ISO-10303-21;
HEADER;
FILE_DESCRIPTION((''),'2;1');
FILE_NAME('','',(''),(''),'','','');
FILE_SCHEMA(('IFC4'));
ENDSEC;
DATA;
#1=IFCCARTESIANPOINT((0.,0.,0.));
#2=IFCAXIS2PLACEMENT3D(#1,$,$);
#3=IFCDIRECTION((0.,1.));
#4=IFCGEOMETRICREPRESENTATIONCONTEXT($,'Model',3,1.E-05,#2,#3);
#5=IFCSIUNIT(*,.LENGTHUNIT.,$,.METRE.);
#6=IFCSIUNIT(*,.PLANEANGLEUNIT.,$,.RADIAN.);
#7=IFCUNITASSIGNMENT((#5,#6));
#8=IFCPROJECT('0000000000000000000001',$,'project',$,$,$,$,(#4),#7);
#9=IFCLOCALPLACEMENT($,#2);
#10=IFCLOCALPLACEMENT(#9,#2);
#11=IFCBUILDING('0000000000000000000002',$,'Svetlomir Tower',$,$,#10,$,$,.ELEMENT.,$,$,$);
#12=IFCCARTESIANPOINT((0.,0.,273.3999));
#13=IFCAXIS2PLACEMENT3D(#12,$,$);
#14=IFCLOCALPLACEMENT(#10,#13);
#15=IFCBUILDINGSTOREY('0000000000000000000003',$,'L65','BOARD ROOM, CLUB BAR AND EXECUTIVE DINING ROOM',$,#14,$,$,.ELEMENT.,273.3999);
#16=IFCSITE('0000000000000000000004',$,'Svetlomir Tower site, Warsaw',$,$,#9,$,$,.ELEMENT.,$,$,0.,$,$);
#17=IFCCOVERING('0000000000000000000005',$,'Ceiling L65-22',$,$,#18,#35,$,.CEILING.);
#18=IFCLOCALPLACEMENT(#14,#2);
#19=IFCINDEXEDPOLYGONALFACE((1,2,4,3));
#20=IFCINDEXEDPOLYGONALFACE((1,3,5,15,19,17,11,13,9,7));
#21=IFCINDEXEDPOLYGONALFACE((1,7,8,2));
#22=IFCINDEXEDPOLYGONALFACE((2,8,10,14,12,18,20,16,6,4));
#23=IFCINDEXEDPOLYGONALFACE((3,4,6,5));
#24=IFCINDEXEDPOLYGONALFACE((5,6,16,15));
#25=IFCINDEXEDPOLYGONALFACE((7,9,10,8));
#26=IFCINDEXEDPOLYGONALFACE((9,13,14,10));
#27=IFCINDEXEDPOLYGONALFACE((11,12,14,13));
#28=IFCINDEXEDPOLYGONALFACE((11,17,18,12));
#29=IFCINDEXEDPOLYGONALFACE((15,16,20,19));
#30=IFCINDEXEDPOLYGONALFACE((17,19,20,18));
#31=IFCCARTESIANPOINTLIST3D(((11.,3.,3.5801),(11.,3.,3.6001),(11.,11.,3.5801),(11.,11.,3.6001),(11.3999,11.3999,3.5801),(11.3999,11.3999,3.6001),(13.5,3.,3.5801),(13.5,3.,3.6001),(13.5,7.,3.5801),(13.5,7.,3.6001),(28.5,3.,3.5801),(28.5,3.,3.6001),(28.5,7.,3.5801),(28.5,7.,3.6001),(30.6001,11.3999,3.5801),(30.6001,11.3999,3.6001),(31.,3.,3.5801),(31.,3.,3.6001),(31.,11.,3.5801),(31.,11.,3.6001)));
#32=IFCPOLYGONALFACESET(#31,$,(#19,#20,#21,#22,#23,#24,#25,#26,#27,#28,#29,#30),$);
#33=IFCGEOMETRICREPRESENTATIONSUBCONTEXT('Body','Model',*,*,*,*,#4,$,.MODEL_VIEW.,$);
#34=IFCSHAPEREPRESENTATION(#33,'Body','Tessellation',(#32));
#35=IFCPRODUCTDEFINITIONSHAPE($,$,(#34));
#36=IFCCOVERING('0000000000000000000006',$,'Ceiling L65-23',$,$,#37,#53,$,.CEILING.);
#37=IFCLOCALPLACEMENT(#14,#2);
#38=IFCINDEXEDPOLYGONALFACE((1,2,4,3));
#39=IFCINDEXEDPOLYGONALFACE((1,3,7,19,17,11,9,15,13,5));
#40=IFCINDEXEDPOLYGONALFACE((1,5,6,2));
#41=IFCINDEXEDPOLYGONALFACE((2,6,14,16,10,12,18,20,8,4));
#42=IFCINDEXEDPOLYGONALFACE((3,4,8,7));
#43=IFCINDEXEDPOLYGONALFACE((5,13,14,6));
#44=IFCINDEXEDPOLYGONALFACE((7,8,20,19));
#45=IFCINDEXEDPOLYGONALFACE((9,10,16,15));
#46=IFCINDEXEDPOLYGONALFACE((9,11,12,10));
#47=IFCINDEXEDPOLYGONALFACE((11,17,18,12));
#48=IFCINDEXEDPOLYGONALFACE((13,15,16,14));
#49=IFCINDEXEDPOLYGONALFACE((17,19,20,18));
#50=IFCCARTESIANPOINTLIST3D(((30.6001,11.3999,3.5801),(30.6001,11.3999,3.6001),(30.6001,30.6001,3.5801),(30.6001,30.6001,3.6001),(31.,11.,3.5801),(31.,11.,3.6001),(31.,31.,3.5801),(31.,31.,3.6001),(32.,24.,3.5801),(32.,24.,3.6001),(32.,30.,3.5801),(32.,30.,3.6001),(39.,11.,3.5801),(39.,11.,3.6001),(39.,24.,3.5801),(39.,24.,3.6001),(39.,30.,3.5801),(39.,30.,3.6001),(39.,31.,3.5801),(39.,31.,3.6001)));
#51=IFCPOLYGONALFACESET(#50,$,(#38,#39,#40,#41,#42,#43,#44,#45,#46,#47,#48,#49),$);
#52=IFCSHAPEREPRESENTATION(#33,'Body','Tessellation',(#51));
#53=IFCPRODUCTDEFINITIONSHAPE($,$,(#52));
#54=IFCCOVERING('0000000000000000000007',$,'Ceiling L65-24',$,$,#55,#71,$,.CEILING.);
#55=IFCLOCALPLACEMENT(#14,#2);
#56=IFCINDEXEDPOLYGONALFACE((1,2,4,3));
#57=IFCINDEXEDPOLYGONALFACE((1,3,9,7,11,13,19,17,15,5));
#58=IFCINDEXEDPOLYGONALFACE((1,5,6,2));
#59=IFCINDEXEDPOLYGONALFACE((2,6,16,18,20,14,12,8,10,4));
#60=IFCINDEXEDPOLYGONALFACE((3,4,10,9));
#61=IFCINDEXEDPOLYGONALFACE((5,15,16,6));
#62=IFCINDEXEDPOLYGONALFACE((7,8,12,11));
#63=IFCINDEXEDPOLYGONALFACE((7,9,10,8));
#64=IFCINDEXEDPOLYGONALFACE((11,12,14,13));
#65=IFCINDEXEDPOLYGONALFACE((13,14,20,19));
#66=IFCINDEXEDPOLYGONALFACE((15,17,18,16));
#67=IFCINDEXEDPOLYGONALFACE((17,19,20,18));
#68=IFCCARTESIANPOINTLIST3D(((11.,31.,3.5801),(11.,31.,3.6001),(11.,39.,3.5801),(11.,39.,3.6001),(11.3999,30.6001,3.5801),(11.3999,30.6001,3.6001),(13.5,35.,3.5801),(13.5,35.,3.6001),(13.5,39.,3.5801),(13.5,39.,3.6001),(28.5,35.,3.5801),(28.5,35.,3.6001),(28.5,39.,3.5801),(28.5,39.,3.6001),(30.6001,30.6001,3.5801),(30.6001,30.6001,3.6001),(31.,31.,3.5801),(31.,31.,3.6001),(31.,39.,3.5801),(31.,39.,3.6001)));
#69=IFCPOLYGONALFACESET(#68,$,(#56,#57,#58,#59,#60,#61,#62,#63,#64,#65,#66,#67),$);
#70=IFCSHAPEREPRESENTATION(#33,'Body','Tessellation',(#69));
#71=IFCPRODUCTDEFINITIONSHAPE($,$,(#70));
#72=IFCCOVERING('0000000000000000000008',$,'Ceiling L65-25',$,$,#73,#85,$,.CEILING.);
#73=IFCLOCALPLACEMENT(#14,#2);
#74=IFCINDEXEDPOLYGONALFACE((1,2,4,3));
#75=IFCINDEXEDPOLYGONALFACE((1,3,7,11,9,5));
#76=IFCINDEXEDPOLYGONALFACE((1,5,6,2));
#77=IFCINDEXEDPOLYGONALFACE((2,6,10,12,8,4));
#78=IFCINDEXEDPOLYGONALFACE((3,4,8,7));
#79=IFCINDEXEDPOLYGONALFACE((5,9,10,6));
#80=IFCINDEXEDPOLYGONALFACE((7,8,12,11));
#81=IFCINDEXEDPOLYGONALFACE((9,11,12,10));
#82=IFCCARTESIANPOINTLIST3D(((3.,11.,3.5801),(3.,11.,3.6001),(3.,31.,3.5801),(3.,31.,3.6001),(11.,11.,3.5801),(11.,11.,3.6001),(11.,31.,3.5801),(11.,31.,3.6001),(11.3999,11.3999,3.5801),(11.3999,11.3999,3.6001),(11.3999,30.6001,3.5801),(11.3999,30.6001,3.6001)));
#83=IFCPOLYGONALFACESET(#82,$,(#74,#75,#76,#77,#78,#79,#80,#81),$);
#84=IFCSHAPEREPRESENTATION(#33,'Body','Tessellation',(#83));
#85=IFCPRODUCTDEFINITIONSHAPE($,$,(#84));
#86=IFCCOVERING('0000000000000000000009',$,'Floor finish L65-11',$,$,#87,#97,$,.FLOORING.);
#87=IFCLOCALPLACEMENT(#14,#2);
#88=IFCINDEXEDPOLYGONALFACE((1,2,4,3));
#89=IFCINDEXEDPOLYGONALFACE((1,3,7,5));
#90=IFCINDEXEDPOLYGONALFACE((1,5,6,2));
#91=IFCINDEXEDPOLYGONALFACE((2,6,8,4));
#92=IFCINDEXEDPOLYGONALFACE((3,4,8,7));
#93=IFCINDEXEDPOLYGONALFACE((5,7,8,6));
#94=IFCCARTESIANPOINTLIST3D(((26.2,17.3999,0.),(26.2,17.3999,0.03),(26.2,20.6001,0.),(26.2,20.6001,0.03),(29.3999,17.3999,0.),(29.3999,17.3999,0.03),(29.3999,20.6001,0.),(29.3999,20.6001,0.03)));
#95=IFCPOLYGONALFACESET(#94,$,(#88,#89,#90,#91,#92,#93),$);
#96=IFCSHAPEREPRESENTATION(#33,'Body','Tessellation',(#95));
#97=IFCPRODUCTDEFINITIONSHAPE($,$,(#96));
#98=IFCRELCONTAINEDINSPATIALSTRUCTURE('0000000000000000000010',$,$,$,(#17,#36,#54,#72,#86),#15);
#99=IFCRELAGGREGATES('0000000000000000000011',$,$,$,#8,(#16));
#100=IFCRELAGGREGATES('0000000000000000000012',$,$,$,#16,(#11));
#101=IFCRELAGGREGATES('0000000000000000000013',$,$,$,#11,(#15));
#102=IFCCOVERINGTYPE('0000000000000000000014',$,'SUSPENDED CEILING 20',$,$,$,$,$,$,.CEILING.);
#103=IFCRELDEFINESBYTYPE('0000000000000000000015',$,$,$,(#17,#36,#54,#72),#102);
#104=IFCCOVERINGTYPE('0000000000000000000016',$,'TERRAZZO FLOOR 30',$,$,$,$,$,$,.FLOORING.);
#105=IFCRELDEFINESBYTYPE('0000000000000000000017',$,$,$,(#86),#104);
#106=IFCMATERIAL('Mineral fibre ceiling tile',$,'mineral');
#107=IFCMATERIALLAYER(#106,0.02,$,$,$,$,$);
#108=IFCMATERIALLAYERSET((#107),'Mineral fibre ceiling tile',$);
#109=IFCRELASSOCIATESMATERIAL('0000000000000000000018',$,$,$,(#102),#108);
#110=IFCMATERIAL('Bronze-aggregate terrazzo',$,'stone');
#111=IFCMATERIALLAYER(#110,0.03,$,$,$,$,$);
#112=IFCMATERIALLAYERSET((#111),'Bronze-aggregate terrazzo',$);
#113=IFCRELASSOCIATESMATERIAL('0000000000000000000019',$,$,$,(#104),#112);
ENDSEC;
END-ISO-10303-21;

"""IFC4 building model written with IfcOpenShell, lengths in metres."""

from ifc_helpers import new_model, si_unit, direction, frame, origin, place, context, subcontext, project, spatial, polyline, outline, extrude, material, layer, layer_set, type_object, element, save


model = new_model("IFC4")

# Units and contexts
model_context = context("Model", 3, precision=1e-05, world=origin(), true_north=direction((0.0, 1.0)))
body_context = subcontext(model_context, "Body", "Model", "MODEL_VIEW")
ifc_project = project(units=[si_unit("LENGTHUNIT", "METRE"), si_unit("PLANEANGLEUNIT", "RADIAN")], contexts=[model_context])

# Site, building, storey
site_placement = place(None, origin())
site = spatial("IfcSite", under=ifc_project, at=site_placement, Name="Svetlomir Tower site, Warsaw", CompositionType="ELEMENT", RefElevation=0.0)
building_placement = place(site_placement, origin())
building = spatial("IfcBuilding", under=site, at=building_placement, Name="Svetlomir Tower", CompositionType="ELEMENT")
storey_placement = place(building_placement, frame((0.0, 0.0, 273.3999)))
storey = spatial("IfcBuildingStorey", under=building, at=storey_placement, Name="L65", Description="BOARD ROOM, CLUB BAR AND EXECUTIVE DINING ROOM", CompositionType="ELEMENT", Elevation=273.3999)

# Coverings
ifc_material_1 = material(Name="Mineral fibre ceiling tile", Category="mineral")
ifc_layer_1 = layer(ifc_material_1, 0.02)
ifc_layer_set_1 = layer_set([ifc_layer_1], Name="Mineral fibre ceiling tile")
covering_type_1 = type_object("IfcCoveringType", Name="SUSPENDED CEILING 20", PredefinedType="CEILING", material=ifc_layer_set_1)
covering_1_placement = place(storey_placement, frame((0.0, 0.0, 3.5801)))
element("IfcCovering", 1, at=covering_1_placement, inside=storey, type_object=covering_type_1, Name="Ceiling L65-22", PredefinedType="CEILING", context=body_context, shape_type="SweptSolid", body=[
    extrude(outline(polyline([(11.0, 11.0), (11.3999, 11.3999), (30.6001, 11.3999), (31.0, 11.0), (31.0, 3.0), (28.5, 3.0), (28.5, 7.0), (13.5, 7.0), (13.5, 3.0), (11.0, 3.0), (11.0, 11.0)])), origin(), (0.0, 0.0, 1.0), 0.02),
])
covering_2_placement = place(storey_placement, frame((0.0, 0.0, 3.5801)))
element("IfcCovering", 2, at=covering_2_placement, inside=storey, type_object=covering_type_1, Name="Ceiling L65-23", PredefinedType="CEILING", context=body_context, shape_type="SweptSolid", body=[
    extrude(outline(polyline([(39.0, 31.0), (39.0, 30.0), (32.0, 30.0), (32.0, 24.0), (39.0, 24.0), (39.0, 11.0), (31.0, 11.0), (30.6001, 11.3999), (30.6001, 30.6001), (31.0, 31.0), (39.0, 31.0)])), origin(), (0.0, 0.0, 1.0), 0.02),
])
covering_3_placement = place(storey_placement, frame((0.0, 0.0, 3.5801)))
element("IfcCovering", 3, at=covering_3_placement, inside=storey, type_object=covering_type_1, Name="Ceiling L65-24", PredefinedType="CEILING", context=body_context, shape_type="SweptSolid", body=[
    extrude(outline(polyline([(11.0, 39.0), (13.5, 39.0), (13.5, 35.0), (28.5, 35.0), (28.5, 39.0), (31.0, 39.0), (31.0, 31.0), (30.6001, 30.6001), (11.3999, 30.6001), (11.0, 31.0), (11.0, 39.0)])), origin(), (0.0, 0.0, 1.0), 0.02),
])
covering_4_placement = place(storey_placement, frame((0.0, 0.0, 3.5801)))
element("IfcCovering", 4, at=covering_4_placement, inside=storey, type_object=covering_type_1, Name="Ceiling L65-25", PredefinedType="CEILING", context=body_context, shape_type="SweptSolid", body=[
    extrude(outline(polyline([(3.0, 11.0), (3.0, 31.0), (11.0, 31.0), (11.3999, 30.6001), (11.3999, 11.3999), (11.0, 11.0), (3.0, 11.0)])), origin(), (0.0, 0.0, 1.0), 0.02),
])
ifc_material_2 = material(Name="Bronze-aggregate terrazzo", Category="stone")
ifc_layer_2 = layer(ifc_material_2, 0.03)
ifc_layer_set_2 = layer_set([ifc_layer_2], Name="Bronze-aggregate terrazzo")
covering_type_2 = type_object("IfcCoveringType", Name="TERRAZZO FLOOR 30", PredefinedType="FLOORING", material=ifc_layer_set_2)
covering_5_placement = place(storey_placement, origin())
element("IfcCovering", 5, at=covering_5_placement, inside=storey, type_object=covering_type_2, Name="Floor finish L65-11", PredefinedType="FLOORING", context=body_context, shape_type="SweptSolid", body=[
    extrude(outline(polyline([(26.2, 17.3999), (29.3999, 17.3999), (29.3999, 20.6001), (26.2, 20.6001), (26.2, 17.3999)])), origin(), (0.0, 0.0, 1.0), 0.03),
])

save(model, "model.ifc")
